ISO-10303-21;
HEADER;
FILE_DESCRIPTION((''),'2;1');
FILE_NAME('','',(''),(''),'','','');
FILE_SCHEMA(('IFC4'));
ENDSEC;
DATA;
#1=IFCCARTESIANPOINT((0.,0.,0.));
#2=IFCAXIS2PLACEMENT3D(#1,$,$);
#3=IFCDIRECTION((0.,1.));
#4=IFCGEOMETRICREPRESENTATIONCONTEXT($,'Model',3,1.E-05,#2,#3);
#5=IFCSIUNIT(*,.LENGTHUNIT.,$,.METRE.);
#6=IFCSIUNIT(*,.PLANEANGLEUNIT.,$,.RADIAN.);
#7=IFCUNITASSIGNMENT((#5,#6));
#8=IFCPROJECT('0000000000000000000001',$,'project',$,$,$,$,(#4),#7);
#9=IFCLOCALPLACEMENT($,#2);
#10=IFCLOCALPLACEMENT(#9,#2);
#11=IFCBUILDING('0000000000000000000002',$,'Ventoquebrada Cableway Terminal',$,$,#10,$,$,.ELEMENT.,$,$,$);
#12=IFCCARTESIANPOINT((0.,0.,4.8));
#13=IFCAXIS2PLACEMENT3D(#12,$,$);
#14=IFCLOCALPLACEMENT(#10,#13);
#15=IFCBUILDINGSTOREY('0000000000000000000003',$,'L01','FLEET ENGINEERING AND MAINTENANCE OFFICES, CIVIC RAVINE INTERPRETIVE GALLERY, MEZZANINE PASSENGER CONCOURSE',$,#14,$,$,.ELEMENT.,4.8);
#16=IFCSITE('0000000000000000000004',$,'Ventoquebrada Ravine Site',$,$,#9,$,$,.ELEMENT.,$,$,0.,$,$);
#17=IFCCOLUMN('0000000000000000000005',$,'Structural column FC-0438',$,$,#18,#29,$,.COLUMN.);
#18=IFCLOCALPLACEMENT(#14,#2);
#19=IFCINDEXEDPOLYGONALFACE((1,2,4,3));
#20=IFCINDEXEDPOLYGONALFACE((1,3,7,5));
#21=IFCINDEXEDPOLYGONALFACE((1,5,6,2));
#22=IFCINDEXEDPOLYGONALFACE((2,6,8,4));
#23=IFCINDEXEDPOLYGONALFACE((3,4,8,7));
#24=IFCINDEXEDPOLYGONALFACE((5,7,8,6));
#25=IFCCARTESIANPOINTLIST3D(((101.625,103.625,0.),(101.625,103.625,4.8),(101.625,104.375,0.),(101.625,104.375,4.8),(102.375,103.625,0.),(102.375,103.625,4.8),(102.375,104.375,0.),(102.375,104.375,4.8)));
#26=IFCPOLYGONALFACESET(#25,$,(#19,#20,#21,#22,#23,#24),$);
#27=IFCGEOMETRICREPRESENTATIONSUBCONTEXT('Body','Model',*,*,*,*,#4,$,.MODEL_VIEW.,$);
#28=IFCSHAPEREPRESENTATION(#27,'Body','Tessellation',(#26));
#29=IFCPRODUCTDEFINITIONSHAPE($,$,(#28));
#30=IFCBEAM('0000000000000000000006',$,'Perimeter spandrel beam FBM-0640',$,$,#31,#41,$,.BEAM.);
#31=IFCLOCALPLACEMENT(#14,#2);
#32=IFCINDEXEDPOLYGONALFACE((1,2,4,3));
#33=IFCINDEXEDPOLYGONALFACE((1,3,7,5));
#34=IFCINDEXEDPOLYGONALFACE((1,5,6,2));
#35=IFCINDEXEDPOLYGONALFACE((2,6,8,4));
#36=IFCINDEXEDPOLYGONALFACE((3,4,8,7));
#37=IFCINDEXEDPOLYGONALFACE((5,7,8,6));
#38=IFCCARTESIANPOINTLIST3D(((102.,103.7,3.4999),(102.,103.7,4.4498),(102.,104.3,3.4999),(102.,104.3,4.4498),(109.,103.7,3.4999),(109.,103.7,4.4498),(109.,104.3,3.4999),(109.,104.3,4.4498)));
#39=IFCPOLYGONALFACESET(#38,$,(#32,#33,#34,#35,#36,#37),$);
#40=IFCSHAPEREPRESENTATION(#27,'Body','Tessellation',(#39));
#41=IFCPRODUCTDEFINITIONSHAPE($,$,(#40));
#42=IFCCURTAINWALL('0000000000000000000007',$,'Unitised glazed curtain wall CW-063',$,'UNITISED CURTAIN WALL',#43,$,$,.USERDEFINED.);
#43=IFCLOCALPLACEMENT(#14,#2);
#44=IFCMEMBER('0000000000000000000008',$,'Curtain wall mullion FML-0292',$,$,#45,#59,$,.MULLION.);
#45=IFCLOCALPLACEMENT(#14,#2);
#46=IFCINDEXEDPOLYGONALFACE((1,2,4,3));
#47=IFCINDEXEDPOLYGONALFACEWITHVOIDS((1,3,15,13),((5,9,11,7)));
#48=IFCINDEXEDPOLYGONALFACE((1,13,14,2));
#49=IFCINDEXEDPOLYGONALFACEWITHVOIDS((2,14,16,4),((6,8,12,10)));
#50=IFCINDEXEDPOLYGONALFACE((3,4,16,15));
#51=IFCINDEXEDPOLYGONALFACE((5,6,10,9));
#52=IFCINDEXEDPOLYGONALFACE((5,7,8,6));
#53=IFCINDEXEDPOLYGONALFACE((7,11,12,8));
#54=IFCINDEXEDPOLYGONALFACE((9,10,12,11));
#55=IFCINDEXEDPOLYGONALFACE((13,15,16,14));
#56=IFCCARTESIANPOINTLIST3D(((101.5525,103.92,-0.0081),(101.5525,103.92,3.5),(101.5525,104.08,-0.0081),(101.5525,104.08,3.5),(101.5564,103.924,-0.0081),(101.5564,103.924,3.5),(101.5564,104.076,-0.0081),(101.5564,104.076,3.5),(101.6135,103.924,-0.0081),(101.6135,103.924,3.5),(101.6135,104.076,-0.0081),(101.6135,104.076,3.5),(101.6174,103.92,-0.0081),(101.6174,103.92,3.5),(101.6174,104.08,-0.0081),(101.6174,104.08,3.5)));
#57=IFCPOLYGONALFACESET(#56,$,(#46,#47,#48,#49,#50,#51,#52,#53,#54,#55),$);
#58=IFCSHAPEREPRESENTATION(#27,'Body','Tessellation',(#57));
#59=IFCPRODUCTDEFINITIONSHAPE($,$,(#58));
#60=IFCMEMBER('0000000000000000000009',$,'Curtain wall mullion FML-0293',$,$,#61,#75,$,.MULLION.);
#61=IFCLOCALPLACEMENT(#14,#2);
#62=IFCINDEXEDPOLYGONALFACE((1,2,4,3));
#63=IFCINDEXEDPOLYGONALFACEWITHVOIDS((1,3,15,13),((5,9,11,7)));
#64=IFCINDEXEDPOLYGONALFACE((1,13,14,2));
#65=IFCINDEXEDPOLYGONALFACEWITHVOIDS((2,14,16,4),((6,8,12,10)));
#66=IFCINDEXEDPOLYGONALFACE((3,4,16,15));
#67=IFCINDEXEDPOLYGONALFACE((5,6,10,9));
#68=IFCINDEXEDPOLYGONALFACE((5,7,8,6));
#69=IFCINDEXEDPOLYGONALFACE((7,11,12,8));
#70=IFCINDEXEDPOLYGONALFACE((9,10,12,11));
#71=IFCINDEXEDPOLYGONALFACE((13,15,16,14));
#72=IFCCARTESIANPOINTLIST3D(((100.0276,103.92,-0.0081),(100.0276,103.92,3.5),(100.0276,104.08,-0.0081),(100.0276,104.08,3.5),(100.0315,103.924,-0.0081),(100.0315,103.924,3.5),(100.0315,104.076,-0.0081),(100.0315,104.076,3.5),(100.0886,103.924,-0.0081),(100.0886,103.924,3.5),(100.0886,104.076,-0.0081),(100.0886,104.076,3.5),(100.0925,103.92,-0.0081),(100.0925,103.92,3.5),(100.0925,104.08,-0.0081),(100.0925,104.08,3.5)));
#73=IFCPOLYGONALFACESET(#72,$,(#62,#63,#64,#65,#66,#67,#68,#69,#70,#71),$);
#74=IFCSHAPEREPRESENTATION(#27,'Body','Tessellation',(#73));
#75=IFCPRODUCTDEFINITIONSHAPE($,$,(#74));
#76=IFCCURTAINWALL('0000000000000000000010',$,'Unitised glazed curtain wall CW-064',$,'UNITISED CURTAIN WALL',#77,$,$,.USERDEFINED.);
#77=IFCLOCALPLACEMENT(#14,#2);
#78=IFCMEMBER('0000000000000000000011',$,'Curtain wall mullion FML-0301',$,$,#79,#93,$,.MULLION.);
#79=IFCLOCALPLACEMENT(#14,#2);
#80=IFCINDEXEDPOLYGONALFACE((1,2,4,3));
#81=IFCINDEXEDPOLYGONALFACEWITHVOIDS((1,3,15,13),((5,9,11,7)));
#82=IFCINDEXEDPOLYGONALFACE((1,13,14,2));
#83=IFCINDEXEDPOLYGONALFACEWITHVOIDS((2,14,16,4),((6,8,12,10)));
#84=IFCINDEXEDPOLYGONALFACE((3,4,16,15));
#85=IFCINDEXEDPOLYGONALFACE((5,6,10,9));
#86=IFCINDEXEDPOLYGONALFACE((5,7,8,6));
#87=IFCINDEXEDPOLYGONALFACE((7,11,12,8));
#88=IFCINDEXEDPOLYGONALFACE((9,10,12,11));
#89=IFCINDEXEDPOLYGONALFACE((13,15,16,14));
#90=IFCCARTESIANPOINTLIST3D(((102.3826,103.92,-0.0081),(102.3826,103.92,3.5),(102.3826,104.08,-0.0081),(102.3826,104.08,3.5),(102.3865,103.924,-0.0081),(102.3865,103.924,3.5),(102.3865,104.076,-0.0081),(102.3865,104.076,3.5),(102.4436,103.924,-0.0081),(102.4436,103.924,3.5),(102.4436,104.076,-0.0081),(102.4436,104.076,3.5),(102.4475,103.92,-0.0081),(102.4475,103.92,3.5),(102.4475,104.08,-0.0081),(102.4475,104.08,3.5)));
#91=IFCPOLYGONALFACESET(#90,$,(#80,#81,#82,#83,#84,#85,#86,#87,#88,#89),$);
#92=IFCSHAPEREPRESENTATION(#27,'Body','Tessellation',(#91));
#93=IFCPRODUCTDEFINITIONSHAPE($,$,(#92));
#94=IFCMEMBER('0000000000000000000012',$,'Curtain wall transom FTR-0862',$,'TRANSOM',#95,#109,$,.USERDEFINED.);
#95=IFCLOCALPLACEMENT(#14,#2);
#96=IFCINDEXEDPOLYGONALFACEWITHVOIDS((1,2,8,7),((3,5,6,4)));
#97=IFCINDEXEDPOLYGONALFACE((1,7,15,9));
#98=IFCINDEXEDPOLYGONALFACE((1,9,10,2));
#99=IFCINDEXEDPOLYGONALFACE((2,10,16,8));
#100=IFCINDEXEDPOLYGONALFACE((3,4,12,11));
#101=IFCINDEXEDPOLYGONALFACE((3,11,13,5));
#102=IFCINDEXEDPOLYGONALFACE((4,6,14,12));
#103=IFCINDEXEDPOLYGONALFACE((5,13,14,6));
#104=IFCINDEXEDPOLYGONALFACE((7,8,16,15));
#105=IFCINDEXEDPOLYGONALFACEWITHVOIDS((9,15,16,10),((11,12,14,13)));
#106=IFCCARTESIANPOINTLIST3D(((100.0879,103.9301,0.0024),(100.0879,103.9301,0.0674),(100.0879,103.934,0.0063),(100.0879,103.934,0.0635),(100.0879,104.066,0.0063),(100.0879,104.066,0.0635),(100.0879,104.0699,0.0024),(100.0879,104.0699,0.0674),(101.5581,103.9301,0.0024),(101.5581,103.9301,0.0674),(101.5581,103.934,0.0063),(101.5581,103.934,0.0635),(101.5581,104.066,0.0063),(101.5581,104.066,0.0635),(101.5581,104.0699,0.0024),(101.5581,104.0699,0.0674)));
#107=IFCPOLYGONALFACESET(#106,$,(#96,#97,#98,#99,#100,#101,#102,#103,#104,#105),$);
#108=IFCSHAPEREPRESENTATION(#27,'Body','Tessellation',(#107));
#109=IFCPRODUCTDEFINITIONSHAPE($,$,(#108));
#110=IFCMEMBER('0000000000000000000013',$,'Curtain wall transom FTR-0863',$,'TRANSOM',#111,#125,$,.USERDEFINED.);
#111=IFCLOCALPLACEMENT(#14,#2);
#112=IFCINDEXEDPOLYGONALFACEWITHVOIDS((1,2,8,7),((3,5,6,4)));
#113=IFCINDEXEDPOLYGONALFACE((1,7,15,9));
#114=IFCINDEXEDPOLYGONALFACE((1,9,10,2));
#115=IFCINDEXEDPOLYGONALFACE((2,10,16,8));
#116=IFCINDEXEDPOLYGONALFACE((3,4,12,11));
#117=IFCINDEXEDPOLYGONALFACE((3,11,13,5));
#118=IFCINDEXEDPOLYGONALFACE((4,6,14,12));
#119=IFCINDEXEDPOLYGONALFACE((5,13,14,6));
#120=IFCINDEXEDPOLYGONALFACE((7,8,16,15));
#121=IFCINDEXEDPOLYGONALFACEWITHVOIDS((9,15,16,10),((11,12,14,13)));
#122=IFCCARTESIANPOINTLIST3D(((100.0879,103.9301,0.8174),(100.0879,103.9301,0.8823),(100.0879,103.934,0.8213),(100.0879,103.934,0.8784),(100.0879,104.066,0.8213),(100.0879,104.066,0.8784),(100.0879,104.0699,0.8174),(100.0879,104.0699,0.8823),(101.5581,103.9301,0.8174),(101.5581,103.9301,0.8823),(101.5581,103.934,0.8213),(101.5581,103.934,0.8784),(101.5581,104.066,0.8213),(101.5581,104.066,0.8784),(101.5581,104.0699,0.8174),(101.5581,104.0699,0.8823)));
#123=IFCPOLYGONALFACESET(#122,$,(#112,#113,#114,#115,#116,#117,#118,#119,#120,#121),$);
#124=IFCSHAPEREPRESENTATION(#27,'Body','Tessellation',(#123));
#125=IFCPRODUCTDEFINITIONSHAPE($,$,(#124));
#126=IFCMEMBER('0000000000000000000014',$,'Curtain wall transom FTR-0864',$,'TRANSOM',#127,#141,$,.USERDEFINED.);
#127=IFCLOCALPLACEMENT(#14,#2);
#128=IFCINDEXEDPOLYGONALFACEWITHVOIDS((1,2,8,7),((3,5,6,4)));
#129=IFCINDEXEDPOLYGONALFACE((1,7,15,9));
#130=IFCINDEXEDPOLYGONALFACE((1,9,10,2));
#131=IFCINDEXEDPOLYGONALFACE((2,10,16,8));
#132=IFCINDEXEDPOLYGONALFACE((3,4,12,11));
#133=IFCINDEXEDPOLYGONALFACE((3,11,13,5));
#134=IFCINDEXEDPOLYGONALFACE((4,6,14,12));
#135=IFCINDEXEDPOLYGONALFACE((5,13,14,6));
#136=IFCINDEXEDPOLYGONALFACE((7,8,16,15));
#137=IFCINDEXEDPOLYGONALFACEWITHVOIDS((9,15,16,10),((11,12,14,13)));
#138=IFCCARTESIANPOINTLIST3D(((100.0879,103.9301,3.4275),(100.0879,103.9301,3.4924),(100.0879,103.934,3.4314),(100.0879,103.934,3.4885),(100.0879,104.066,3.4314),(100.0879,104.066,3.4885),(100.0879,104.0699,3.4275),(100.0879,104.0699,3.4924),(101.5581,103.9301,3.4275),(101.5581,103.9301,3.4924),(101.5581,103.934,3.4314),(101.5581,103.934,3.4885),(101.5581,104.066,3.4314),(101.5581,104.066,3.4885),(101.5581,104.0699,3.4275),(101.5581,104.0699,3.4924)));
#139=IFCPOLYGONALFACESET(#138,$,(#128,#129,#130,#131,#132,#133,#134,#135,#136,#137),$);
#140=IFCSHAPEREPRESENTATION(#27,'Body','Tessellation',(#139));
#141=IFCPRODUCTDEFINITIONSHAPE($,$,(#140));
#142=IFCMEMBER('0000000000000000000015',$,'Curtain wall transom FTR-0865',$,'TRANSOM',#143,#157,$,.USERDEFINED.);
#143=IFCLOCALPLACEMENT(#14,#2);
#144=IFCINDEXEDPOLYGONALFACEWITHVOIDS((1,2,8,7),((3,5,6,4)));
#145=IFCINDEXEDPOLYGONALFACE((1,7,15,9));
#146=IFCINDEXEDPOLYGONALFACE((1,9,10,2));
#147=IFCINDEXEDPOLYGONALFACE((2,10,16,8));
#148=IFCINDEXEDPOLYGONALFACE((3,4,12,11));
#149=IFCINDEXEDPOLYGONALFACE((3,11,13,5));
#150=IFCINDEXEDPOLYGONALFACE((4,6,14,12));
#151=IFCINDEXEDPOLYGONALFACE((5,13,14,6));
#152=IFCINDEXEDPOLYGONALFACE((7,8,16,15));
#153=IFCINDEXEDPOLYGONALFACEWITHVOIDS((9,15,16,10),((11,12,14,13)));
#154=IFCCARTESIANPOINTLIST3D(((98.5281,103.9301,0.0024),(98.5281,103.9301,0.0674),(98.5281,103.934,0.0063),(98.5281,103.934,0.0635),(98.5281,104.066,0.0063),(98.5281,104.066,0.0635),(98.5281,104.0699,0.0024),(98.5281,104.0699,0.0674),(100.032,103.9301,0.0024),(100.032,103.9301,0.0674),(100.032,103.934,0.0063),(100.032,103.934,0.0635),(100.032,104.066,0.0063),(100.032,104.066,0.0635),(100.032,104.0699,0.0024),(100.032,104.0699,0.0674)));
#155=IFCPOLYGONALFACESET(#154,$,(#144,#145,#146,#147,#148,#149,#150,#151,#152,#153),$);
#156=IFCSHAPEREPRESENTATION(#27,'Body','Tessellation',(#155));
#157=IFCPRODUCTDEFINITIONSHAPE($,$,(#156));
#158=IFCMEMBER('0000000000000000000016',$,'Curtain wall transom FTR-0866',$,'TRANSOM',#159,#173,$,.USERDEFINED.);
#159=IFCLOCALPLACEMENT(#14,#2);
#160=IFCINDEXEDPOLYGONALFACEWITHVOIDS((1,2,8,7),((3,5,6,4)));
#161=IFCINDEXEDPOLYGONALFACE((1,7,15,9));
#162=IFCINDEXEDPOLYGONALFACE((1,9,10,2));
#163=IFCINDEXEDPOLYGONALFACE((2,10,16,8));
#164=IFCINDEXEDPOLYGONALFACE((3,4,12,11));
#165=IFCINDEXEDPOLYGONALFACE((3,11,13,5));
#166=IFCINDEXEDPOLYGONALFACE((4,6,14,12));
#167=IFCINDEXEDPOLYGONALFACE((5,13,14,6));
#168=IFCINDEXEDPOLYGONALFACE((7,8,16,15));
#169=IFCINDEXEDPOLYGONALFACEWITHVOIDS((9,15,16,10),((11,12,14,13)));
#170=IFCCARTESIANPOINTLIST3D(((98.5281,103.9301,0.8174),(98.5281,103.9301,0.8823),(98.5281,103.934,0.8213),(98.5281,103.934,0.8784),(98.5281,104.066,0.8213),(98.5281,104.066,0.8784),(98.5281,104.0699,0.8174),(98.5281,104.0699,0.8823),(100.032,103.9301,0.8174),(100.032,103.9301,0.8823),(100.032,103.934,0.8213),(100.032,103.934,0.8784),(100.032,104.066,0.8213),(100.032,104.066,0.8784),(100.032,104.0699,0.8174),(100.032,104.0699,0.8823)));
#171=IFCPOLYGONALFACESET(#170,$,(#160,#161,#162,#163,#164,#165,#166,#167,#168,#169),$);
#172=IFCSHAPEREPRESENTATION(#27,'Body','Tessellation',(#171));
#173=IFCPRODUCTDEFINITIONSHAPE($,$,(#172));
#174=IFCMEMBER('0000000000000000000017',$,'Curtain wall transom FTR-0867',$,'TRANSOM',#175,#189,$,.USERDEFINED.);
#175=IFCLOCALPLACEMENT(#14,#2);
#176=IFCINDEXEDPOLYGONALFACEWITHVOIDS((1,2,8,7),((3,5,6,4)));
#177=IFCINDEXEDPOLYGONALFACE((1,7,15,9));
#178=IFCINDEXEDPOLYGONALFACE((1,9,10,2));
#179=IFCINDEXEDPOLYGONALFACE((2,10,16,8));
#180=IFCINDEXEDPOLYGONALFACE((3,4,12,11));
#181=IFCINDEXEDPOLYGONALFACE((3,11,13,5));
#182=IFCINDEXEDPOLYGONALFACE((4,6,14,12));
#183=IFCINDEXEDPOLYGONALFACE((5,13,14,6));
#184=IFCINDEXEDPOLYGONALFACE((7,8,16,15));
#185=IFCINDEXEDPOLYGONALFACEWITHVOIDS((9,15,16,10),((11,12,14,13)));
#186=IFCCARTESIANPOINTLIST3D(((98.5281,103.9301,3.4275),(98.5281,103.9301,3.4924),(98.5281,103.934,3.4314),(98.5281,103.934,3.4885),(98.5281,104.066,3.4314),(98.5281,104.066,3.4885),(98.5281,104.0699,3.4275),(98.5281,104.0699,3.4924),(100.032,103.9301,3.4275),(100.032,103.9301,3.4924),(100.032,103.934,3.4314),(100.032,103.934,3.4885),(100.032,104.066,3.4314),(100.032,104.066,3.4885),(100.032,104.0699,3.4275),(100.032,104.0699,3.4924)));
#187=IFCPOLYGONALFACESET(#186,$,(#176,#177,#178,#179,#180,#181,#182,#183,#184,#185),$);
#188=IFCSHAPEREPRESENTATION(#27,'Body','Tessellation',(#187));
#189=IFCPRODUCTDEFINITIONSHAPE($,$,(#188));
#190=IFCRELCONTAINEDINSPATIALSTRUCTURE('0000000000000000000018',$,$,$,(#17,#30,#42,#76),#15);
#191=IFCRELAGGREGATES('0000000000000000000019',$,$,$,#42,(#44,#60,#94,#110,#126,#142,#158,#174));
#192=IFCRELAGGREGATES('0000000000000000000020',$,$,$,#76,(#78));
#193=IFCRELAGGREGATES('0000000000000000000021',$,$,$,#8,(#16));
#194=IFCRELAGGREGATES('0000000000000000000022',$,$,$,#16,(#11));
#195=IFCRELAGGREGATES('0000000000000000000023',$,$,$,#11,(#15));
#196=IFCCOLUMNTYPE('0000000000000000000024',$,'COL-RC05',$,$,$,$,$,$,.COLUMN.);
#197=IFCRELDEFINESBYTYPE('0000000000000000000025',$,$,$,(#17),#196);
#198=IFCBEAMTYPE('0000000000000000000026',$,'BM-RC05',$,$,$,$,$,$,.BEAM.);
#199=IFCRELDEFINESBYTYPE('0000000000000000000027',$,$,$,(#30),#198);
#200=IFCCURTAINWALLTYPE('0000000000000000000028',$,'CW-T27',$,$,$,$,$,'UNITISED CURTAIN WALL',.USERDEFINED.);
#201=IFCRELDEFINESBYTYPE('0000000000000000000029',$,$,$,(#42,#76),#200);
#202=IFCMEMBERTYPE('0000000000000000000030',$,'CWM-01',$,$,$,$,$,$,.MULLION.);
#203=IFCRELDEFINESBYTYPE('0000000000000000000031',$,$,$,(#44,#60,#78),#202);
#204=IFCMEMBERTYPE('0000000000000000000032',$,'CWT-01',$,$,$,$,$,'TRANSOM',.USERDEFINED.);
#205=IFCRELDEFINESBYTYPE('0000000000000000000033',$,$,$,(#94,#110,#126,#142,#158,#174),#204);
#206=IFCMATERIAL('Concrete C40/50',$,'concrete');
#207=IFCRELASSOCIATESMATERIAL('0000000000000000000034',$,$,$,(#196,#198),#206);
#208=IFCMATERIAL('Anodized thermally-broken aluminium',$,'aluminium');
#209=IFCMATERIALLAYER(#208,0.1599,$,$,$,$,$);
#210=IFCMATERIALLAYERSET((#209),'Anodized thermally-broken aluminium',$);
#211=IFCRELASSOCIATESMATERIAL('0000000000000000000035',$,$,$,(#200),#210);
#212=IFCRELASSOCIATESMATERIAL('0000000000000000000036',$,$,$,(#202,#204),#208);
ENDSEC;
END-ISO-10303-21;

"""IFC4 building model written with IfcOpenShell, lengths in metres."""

from ifc_helpers import new_model, si_unit, direction, frame, origin, origin_2d, place, context, subcontext, project, spatial, rectangle, hollow_rectangle, extrude, material, layer, layer_set, material_profile, profile_set, type_object, element, aggregate, save


model = new_model("IFC4")

# Units and contexts
model_context = context("Model", 3, precision=1e-05, world=origin(), true_north=direction((0.0, 1.0)))
body_context = subcontext(model_context, "Body", "Model", "MODEL_VIEW")
ifc_project = project(units=[si_unit("LENGTHUNIT", "METRE"), si_unit("PLANEANGLEUNIT", "RADIAN")], contexts=[model_context])

# Site, building, storey
site_placement = place(None, origin())
site = spatial("IfcSite", under=ifc_project, at=site_placement, Name="Ventoquebrada Ravine Site", CompositionType="ELEMENT", RefElevation=0.0)
building_placement = place(site_placement, origin())
building = spatial("IfcBuilding", under=site, at=building_placement, Name="Ventoquebrada Cableway Terminal", CompositionType="ELEMENT")
storey_placement = place(building_placement, frame((0.0, 0.0, 4.8)))
storey = spatial("IfcBuildingStorey", under=building, at=storey_placement, Name="L01", Description="FLEET ENGINEERING AND MAINTENANCE OFFICES, CIVIC RAVINE INTERPRETIVE GALLERY, MEZZANINE PASSENGER CONCOURSE", CompositionType="ELEMENT", Elevation=4.8)

# Column
ifc_material_1 = material(Name="Concrete C40/50", Category="concrete")
ifc_material_profile_1 = material_profile(ifc_material_1, rectangle(XDim=0.75, YDim=0.75, at=origin_2d()), Name="RC-COL-750X750")
ifc_profile_set_1 = profile_set([ifc_material_profile_1], Name="Concrete C40/50")
column_type = type_object("IfcColumnType", Name="COL-RC05", PredefinedType="COLUMN", material=ifc_profile_set_1)
column_placement = place(storey_placement, frame((102.0, 104.0, 0.0), z_axis=(0.0, 0.0, 1.0), x_axis=(1.0, 0.0, 0.0)))
element("IfcColumn", 1, at=column_placement, inside=storey, type_object=column_type, Name="Structural column FC-0438", PredefinedType="COLUMN", context=body_context, shape_type="SweptSolid", body=[
    extrude(rectangle(XDim=0.75, YDim=0.75, at=origin_2d()), origin(), (0.0, 0.0, 1.0), 4.8),
])

# Beam
ifc_material_profile_2 = material_profile(ifc_material_1, rectangle(XDim=0.6001, YDim=0.95, at=origin_2d()), Name="RC-BM-600X950")
ifc_profile_set_2 = profile_set([ifc_material_profile_2], Name="Concrete C40/50")
beam_type = type_object("IfcBeamType", Name="BM-RC05", PredefinedType="BEAM", material=ifc_profile_set_2)
beam_placement = place(storey_placement, frame((102.0, 104.0, 3.9749), z_axis=(1.0, 0.0, 0.0), x_axis=(0.0, 1.0, 0.0)))
element("IfcBeam", 2, at=beam_placement, inside=storey, type_object=beam_type, Name="Perimeter spandrel beam FBM-0640", PredefinedType="BEAM", context=body_context, shape_type="SweptSolid", body=[
    extrude(rectangle(XDim=0.6001, YDim=0.95, at=origin_2d()), origin(), (0.0, 0.0, 1.0), 7.0),
])

# Curtain wall, members
ifc_material_2 = material(Name="Anodized thermally-broken aluminium", Category="aluminium")
ifc_layer_1 = layer(ifc_material_2, 0.1599)
ifc_layer_set_1 = layer_set([ifc_layer_1], Name="Anodized thermally-broken aluminium")
curtain_wall_type = type_object("IfcCurtainWallType", Name="CW-T27", ElementType="UNITISED CURTAIN WALL", PredefinedType="USERDEFINED", material=ifc_layer_set_1)
curtain_wall_1_placement = place(storey_placement, origin())
curtain_wall_1 = element("IfcCurtainWall", 3, at=curtain_wall_1_placement, inside=storey, type_object=curtain_wall_type, Name="Unitised glazed curtain wall CW-063", ObjectType="UNITISED CURTAIN WALL", PredefinedType="USERDEFINED")
ifc_material_profile_3 = material_profile(ifc_material_2, hollow_rectangle(XDim=0.0649, YDim=0.1599, WallThickness=0.0039, at=origin_2d()), Name="CW-MUL-65X160")
ifc_profile_set_3 = profile_set([ifc_material_profile_3], Name="Anodized thermally-broken aluminium")
member_type_1 = type_object("IfcMemberType", Name="CWM-01", PredefinedType="MULLION", material=ifc_profile_set_3)
member_1_placement = place(storey_placement, frame((101.585, 104.0, -0.0081), z_axis=(0.0, 0.0, 1.0), x_axis=(-1.0, 0.0, 0.0)))
member_1 = element("IfcMember", 4, at=member_1_placement, type_object=member_type_1, Name="Curtain wall mullion FML-0292", PredefinedType="MULLION", context=body_context, shape_type="SweptSolid", body=[
    extrude(hollow_rectangle(XDim=0.0649, YDim=0.1599, WallThickness=0.0039, at=origin_2d()), origin(), (0.0, 0.0, 1.0), 3.5081),
])
member_2_placement = place(storey_placement, frame((100.0601, 104.0, -0.0081), z_axis=(0.0, 0.0, 1.0), x_axis=(-1.0, 0.0, 0.0)))
member_2 = element("IfcMember", 5, at=member_2_placement, type_object=member_type_1, Name="Curtain wall mullion FML-0293", PredefinedType="MULLION", context=body_context, shape_type="SweptSolid", body=[
    extrude(hollow_rectangle(XDim=0.0649, YDim=0.1599, WallThickness=0.0039, at=origin_2d()), origin(), (0.0, 0.0, 1.0), 3.5081),
])

# Curtain wall, member
curtain_wall_2_placement = place(storey_placement, origin())
curtain_wall_2 = element("IfcCurtainWall", 6, at=curtain_wall_2_placement, inside=storey, type_object=curtain_wall_type, Name="Unitised glazed curtain wall CW-064", ObjectType="UNITISED CURTAIN WALL", PredefinedType="USERDEFINED")
member_3_placement = place(storey_placement, frame((102.415, 104.0, -0.0081), z_axis=(0.0, 0.0, 1.0), x_axis=(-1.0, 0.0, 0.0)))
member_3 = element("IfcMember", 7, at=member_3_placement, type_object=member_type_1, Name="Curtain wall mullion FML-0301", PredefinedType="MULLION", context=body_context, shape_type="SweptSolid", body=[
    extrude(hollow_rectangle(XDim=0.0649, YDim=0.1599, WallThickness=0.0039, at=origin_2d()), origin(), (0.0, 0.0, 1.0), 3.5081),
])

# Members
ifc_material_profile_4 = material_profile(ifc_material_2, hollow_rectangle(XDim=0.0649, YDim=0.1399, WallThickness=0.0039, at=origin_2d()), Name="CW-TRN-65X140")
ifc_profile_set_4 = profile_set([ifc_material_profile_4], Name="Anodized thermally-broken aluminium")
member_type_2 = type_object("IfcMemberType", Name="CWT-01", ElementType="TRANSOM", PredefinedType="USERDEFINED", material=ifc_profile_set_4)
member_4_placement = place(storey_placement, frame((101.5581, 104.0, 0.0349), z_axis=(-1.0, 0.0, 0.0), x_axis=(0.0, 0.0, 1.0)))
member_4 = element("IfcMember", 8, at=member_4_placement, type_object=member_type_2, Name="Curtain wall transom FTR-0862", ObjectType="TRANSOM", PredefinedType="USERDEFINED", context=body_context, shape_type="SweptSolid", body=[
    extrude(hollow_rectangle(XDim=0.0649, YDim=0.1399, WallThickness=0.0039, at=origin_2d()), origin(), (0.0, 0.0, 1.0), 1.4702),
])
member_5_placement = place(storey_placement, frame((101.5581, 104.0, 0.8499), z_axis=(-1.0, 0.0, 0.0), x_axis=(0.0, 0.0, 1.0)))
member_5 = element("IfcMember", 9, at=member_5_placement, type_object=member_type_2, Name="Curtain wall transom FTR-0863", ObjectType="TRANSOM", PredefinedType="USERDEFINED", context=body_context, shape_type="SweptSolid", body=[
    extrude(hollow_rectangle(XDim=0.0649, YDim=0.1399, WallThickness=0.0039, at=origin_2d()), origin(), (0.0, 0.0, 1.0), 1.4702),
])
member_6_placement = place(storey_placement, frame((101.5581, 104.0, 3.46), z_axis=(-1.0, 0.0, 0.0), x_axis=(0.0, 0.0, 1.0)))
member_6 = element("IfcMember", 10, at=member_6_placement, type_object=member_type_2, Name="Curtain wall transom FTR-0864", ObjectType="TRANSOM", PredefinedType="USERDEFINED", context=body_context, shape_type="SweptSolid", body=[
    extrude(hollow_rectangle(XDim=0.0649, YDim=0.1399, WallThickness=0.0039, at=origin_2d()), origin(), (0.0, 0.0, 1.0), 1.4702),
])
member_7_placement = place(storey_placement, frame((100.032, 104.0, 0.0349), z_axis=(-1.0, 0.0, 0.0), x_axis=(0.0, 0.0, 1.0)))
member_7 = element("IfcMember", 11, at=member_7_placement, type_object=member_type_2, Name="Curtain wall transom FTR-0865", ObjectType="TRANSOM", PredefinedType="USERDEFINED", context=body_context, shape_type="SweptSolid", body=[
    extrude(hollow_rectangle(XDim=0.0649, YDim=0.1399, WallThickness=0.0039, at=origin_2d()), origin(), (0.0, 0.0, 1.0), 1.5039),
])
member_8_placement = place(storey_placement, frame((100.032, 104.0, 0.8499), z_axis=(-1.0, 0.0, 0.0), x_axis=(0.0, 0.0, 1.0)))
member_8 = element("IfcMember", 12, at=member_8_placement, type_object=member_type_2, Name="Curtain wall transom FTR-0866", ObjectType="TRANSOM", PredefinedType="USERDEFINED", context=body_context, shape_type="SweptSolid", body=[
    extrude(hollow_rectangle(XDim=0.0649, YDim=0.1399, WallThickness=0.0039, at=origin_2d()), origin(), (0.0, 0.0, 1.0), 1.5039),
])
member_9_placement = place(storey_placement, frame((100.032, 104.0, 3.46), z_axis=(-1.0, 0.0, 0.0), x_axis=(0.0, 0.0, 1.0)))
member_9 = element("IfcMember", 13, at=member_9_placement, type_object=member_type_2, Name="Curtain wall transom FTR-0867", ObjectType="TRANSOM", PredefinedType="USERDEFINED", context=body_context, shape_type="SweptSolid", body=[
    extrude(hollow_rectangle(XDim=0.0649, YDim=0.1399, WallThickness=0.0039, at=origin_2d()), origin(), (0.0, 0.0, 1.0), 1.5039),
])

aggregate(curtain_wall_1, [member_1, member_2, member_4, member_5, member_6, member_7, member_8, member_9])
aggregate(curtain_wall_2, [member_3])

save(model, "model.ifc")
